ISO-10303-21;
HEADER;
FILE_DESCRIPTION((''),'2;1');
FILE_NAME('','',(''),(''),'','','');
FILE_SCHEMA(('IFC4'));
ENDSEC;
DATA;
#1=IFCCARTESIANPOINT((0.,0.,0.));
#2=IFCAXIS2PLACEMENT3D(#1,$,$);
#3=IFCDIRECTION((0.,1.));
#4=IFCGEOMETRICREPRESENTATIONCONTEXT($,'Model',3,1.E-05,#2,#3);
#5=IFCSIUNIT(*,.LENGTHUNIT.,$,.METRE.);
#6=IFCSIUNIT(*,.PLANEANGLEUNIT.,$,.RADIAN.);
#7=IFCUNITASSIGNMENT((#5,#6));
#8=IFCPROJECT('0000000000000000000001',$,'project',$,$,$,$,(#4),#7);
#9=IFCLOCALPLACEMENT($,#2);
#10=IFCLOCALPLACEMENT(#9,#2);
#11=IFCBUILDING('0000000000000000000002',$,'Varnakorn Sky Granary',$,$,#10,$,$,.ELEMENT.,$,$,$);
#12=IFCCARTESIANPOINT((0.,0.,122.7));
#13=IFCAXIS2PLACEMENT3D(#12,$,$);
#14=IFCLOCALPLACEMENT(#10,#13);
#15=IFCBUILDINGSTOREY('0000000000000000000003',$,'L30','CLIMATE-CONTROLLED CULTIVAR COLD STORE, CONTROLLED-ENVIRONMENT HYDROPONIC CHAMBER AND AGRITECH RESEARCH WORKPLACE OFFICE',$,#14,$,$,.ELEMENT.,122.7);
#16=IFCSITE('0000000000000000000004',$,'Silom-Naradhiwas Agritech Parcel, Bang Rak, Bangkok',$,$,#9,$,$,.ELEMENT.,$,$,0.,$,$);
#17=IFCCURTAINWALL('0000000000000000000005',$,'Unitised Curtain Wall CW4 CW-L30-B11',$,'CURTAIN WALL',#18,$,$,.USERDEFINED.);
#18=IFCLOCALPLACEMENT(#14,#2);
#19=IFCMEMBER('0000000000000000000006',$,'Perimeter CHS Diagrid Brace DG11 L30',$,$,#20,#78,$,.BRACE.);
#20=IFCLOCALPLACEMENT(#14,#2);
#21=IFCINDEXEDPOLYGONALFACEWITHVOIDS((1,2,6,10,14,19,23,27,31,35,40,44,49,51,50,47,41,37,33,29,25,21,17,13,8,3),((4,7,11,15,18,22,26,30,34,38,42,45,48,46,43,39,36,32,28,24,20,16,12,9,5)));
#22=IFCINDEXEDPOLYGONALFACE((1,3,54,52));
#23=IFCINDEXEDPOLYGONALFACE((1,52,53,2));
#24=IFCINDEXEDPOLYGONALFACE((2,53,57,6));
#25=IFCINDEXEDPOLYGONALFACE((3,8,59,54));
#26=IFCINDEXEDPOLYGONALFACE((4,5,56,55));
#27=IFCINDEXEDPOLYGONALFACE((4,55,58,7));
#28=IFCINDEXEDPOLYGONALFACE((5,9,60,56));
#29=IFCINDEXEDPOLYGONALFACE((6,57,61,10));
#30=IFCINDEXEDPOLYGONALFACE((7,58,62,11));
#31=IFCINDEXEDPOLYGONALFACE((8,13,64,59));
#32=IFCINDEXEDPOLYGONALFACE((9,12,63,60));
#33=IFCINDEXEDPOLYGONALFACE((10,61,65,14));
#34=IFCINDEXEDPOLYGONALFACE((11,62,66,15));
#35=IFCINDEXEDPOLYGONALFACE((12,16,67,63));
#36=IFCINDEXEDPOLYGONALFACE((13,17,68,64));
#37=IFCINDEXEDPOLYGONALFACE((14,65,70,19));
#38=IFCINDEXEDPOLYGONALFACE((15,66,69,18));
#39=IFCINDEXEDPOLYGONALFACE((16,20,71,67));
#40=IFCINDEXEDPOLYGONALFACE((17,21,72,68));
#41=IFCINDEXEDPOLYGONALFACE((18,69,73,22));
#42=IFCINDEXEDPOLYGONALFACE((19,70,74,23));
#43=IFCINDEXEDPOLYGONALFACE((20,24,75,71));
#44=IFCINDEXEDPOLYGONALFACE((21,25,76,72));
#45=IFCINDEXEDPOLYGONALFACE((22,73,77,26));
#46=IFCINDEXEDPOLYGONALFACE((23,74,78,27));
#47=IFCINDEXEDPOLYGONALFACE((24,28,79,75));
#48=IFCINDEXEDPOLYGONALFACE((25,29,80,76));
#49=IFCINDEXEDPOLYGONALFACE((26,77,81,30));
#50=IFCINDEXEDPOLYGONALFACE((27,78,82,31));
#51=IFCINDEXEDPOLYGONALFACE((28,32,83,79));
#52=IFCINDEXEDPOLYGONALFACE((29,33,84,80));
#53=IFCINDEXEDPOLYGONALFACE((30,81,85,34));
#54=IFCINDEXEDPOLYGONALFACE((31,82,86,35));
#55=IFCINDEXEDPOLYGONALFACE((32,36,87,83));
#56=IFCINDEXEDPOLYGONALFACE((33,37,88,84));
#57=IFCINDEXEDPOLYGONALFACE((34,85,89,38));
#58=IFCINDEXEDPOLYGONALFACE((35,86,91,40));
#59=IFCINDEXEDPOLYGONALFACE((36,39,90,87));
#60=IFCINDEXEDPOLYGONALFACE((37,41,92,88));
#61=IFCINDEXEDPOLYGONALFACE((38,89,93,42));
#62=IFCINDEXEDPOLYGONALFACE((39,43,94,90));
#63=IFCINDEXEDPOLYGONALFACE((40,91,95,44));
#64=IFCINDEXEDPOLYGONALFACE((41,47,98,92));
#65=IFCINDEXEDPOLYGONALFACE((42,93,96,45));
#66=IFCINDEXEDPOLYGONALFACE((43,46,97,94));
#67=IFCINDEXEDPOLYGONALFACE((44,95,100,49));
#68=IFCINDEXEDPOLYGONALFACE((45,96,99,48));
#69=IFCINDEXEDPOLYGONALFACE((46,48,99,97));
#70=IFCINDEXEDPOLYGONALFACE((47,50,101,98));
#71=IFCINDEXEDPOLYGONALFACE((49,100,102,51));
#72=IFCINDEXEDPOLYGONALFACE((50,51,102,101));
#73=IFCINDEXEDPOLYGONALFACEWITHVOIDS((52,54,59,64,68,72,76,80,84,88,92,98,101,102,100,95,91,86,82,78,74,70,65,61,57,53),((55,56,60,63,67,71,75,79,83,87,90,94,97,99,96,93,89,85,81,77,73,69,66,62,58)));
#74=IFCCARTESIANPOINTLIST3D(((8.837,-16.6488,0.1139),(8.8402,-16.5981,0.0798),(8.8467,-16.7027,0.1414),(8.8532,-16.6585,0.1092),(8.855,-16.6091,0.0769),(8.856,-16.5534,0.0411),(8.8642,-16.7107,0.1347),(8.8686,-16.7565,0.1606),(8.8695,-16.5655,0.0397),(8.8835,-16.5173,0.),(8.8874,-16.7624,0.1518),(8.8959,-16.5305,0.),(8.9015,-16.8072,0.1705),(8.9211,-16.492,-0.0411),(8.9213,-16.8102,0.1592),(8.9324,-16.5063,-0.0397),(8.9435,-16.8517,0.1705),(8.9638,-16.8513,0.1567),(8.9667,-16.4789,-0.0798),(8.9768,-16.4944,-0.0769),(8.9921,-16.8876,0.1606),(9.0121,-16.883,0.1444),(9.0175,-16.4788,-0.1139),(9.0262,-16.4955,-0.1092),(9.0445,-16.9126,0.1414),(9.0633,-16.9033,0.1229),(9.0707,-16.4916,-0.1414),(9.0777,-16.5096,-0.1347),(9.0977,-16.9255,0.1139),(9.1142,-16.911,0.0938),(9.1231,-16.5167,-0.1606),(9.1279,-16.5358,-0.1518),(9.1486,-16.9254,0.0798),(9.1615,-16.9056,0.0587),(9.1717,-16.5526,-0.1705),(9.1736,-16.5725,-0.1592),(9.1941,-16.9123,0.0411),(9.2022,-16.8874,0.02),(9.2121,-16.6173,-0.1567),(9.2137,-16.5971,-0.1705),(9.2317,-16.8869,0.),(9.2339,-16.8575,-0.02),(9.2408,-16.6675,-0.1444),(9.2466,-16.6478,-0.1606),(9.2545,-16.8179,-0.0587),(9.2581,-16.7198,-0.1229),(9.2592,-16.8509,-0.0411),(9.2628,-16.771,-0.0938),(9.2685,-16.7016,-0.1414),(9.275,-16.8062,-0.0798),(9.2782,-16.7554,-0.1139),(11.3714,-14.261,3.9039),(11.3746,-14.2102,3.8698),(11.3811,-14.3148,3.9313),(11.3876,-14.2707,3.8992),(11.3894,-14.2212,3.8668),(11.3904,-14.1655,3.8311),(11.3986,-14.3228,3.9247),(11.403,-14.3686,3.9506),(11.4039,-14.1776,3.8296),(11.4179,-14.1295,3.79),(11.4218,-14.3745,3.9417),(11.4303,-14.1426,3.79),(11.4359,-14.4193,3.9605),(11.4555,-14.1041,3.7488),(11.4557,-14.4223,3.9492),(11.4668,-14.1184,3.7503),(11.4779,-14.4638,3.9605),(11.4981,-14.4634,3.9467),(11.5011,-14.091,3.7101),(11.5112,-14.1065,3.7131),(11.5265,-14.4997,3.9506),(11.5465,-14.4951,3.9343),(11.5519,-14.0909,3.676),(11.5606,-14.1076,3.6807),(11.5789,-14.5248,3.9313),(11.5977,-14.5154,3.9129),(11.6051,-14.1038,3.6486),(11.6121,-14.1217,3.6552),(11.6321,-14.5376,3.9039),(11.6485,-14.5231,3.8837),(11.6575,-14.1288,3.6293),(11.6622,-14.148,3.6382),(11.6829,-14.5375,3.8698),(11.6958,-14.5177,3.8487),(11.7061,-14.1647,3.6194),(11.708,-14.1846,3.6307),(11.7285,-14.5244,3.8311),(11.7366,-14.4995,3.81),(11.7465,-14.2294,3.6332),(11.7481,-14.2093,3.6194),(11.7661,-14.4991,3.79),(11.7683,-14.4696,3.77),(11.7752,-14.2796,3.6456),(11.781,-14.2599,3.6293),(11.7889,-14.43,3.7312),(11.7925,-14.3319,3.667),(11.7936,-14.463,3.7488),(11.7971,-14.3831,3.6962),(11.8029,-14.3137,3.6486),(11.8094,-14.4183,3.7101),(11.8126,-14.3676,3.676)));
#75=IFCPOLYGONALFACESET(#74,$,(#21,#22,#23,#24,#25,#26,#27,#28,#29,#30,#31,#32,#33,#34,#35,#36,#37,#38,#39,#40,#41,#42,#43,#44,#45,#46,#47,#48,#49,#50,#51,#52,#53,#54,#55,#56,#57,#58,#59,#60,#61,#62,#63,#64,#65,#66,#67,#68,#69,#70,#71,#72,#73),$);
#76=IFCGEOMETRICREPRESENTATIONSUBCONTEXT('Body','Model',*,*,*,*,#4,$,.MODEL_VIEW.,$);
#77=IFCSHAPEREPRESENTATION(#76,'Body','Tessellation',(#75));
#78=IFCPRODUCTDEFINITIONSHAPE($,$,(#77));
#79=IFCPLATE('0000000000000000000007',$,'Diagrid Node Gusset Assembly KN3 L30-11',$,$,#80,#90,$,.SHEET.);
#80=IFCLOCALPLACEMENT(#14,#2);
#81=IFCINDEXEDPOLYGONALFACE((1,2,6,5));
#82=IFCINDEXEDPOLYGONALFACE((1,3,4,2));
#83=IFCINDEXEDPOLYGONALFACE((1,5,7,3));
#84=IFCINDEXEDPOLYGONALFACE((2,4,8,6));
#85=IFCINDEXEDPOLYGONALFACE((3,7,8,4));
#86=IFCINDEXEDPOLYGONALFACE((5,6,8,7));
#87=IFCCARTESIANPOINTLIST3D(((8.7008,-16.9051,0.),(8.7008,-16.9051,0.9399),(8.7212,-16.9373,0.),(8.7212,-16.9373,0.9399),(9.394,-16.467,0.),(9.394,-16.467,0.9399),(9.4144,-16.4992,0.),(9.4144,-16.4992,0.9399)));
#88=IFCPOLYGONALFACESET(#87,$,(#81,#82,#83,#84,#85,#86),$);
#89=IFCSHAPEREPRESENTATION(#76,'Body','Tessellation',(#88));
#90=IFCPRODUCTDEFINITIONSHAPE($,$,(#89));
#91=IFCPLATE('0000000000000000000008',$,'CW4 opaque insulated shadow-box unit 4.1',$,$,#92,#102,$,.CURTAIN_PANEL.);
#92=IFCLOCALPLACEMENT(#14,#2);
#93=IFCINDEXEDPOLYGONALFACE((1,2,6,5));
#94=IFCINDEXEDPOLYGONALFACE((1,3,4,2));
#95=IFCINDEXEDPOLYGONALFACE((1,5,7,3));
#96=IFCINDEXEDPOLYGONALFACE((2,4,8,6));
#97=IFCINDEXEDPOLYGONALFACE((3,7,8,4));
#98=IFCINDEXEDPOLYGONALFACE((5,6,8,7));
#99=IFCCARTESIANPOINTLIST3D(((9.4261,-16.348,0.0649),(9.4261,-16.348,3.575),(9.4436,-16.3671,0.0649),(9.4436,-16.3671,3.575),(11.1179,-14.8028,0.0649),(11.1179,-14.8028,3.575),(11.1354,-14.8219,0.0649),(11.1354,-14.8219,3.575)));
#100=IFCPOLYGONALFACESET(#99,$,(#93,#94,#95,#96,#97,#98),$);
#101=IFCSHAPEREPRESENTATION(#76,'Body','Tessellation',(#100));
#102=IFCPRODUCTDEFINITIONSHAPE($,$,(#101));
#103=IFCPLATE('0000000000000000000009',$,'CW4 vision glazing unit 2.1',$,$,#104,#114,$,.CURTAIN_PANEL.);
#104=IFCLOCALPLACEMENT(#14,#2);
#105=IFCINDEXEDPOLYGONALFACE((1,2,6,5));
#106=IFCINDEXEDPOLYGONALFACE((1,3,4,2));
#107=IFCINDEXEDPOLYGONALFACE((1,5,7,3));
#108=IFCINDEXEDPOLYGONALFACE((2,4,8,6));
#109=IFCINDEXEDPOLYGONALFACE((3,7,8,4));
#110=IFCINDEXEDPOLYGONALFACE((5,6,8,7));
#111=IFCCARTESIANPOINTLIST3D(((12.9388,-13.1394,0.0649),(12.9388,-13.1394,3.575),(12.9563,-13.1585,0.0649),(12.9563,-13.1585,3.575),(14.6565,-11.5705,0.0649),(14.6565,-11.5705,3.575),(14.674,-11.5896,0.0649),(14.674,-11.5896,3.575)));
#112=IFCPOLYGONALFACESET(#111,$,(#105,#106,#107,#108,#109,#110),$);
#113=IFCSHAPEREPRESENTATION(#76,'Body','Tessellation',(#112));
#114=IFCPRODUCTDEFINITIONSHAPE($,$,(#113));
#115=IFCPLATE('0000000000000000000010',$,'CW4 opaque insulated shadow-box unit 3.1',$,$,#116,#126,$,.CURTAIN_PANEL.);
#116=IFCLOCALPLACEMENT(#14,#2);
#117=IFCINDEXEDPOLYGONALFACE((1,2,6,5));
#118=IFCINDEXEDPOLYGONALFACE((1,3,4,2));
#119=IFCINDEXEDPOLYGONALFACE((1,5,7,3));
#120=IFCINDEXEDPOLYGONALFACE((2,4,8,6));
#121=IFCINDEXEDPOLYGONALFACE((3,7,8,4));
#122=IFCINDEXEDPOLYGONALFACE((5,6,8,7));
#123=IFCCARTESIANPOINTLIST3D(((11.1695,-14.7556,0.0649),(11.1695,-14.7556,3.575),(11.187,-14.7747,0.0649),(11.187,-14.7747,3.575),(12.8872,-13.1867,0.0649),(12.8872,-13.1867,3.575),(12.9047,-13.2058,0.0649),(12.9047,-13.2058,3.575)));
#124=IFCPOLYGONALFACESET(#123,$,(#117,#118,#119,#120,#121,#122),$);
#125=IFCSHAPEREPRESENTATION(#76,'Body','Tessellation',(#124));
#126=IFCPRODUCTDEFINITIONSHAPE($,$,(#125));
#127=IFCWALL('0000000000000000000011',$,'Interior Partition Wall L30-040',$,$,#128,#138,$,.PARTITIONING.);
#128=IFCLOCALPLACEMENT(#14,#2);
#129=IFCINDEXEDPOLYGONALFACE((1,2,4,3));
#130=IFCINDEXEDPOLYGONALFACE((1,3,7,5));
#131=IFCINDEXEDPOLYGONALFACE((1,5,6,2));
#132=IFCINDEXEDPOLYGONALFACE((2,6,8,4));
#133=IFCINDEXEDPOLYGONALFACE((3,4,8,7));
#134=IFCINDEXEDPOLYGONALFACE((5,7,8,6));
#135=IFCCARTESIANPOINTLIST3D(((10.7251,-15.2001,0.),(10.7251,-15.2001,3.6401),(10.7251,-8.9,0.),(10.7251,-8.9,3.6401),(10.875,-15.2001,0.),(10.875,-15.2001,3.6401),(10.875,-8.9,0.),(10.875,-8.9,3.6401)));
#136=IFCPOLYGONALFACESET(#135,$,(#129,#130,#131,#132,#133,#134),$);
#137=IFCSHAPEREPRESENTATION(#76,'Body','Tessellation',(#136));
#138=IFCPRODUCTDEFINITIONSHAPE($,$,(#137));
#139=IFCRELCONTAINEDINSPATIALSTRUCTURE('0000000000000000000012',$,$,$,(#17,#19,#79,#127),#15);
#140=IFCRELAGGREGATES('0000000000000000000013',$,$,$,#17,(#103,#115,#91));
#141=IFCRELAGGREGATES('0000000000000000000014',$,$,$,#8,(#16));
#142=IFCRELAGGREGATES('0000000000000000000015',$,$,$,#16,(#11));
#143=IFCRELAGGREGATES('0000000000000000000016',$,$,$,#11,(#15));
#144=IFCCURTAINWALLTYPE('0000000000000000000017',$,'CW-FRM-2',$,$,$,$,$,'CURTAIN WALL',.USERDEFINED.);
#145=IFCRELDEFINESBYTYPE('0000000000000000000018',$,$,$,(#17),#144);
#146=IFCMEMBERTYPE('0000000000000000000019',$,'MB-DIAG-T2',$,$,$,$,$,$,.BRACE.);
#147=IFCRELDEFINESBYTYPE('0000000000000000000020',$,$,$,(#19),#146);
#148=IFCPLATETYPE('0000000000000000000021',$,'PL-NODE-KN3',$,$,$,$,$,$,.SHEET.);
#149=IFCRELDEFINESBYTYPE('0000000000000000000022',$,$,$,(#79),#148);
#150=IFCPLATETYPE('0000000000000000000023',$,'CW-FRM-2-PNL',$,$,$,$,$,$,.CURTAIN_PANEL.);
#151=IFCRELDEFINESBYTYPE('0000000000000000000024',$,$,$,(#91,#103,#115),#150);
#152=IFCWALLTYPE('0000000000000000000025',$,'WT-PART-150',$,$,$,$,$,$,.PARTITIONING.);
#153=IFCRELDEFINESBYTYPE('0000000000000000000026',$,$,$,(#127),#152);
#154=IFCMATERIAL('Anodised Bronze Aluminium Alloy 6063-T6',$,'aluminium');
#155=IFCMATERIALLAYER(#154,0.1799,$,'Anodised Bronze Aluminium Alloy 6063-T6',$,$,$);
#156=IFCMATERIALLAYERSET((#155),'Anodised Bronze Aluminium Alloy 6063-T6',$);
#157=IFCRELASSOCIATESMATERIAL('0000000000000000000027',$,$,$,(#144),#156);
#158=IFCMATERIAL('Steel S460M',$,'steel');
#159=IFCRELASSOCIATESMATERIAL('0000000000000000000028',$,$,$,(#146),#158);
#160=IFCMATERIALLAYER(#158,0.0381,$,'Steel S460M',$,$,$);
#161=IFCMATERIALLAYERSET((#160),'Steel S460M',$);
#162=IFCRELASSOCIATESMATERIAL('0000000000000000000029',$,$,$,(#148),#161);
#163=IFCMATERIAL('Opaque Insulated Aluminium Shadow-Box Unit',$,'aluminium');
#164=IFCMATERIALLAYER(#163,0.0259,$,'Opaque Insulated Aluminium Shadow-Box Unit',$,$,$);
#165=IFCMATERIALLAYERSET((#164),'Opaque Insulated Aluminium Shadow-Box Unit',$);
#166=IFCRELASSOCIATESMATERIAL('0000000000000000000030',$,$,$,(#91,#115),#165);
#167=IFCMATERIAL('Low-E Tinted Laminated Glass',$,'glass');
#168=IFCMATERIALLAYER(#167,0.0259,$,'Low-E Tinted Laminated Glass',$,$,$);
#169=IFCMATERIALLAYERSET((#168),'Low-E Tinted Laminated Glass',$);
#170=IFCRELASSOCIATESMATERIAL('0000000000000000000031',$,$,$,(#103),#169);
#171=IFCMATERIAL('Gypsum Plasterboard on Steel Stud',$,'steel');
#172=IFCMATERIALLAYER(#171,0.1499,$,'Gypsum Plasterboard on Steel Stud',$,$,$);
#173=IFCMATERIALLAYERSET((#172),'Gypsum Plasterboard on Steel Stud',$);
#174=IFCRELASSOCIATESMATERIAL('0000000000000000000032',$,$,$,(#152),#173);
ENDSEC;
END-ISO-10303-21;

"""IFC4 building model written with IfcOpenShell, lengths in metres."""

from ifc_helpers import new_model, si_unit, direction, frame, frame_2d, origin, origin_2d, place, context, subcontext, project, spatial, rectangle, hollow_circle, extrude, source, transform, mapped, material, layer, layer_set, material_profile, profile_set, type_object, type_shapes, element, aggregate, save


model = new_model("IFC4")

# Units and contexts
model_context = context("Model", 3, precision=1e-05, world=origin(), true_north=direction((0.0, 1.0)))
body_context = subcontext(model_context, "Body", "Model", "MODEL_VIEW")
ifc_project = project(units=[si_unit("LENGTHUNIT", "METRE"), si_unit("PLANEANGLEUNIT", "RADIAN")], contexts=[model_context])

# Site, building, storey
site_placement = place(None, origin())
site = spatial("IfcSite", under=ifc_project, at=site_placement, Name="Silom-Naradhiwas Agritech Parcel, Bang Rak, Bangkok", CompositionType="ELEMENT", RefElevation=0.0)
building_placement = place(site_placement, origin())
building = spatial("IfcBuilding", under=site, at=building_placement, Name="Varnakorn Sky Granary", CompositionType="ELEMENT")
storey_placement = place(building_placement, frame((0.0, 0.0, 122.7)))
storey = spatial("IfcBuildingStorey", under=building, at=storey_placement, Name="L30", Description="CLIMATE-CONTROLLED CULTIVAR COLD STORE, CONTROLLED-ENVIRONMENT HYDROPONIC CHAMBER AND AGRITECH RESEARCH WORKPLACE OFFICE", CompositionType="ELEMENT", Elevation=122.7)

# Shared definitions
ifc_material_1 = material(Name="Steel S460M", Category="steel")

# Shared definitions
ifc_material_2 = material(Name="Anodised Bronze Aluminium Alloy 6063-T6", Category="aluminium")
ifc_layer_1 = layer(ifc_material_2, 0.1799, Name="Anodised Bronze Aluminium Alloy 6063-T6")
ifc_layer_set_1 = layer_set([ifc_layer_1], Name="Anodised Bronze Aluminium Alloy 6063-T6")
curtain_wall_type = type_object("IfcCurtainWallType", Name="CW-FRM-2", ElementType="CURTAIN WALL", PredefinedType="USERDEFINED", material=ifc_layer_set_1)

# Curtain wall
curtain_wall_1_placement = place(storey_placement, origin())
curtain_wall_1 = element("IfcCurtainWall", 1, at=curtain_wall_1_placement, inside=storey, type_object=curtain_wall_type, Name="Unitised Curtain Wall CW4 CW-L30-B11", ObjectType="CURTAIN WALL", PredefinedType="USERDEFINED")

# Member
ifc_material_profile_1 = material_profile(ifc_material_1, hollow_circle(Radius=0.2539, WallThickness=0.0181, at=origin_2d()), Name="CHS 508x18")
ifc_profile_set_1 = profile_set([ifc_material_profile_1], Name="Steel S460M")
member_type_1 = type_object("IfcMemberType", Name="MB-DIAG-T2", PredefinedType="BRACE", material=ifc_profile_set_1)
member_1_placement = place(storey_placement, frame((9.0576, -16.7021, 0.0), z_axis=(0.492423, 0.463962, 0.736382), x_axis=(-0.68576, 0.727827, 0.0)))
element("IfcMember", 2, at=member_1_placement, inside=storey, type_object=member_type_1, Name="Perimeter CHS Diagrid Brace DG11 L30", PredefinedType="BRACE", context=body_context, shape_type="SweptSolid", body=[
    extrude(hollow_circle(Radius=0.2539, WallThickness=0.0181, at=origin_2d()), origin(), (0.0, 0.0, 1.0), 5.1467),
])

# Plates
ifc_layer_2 = layer(ifc_material_1, 0.0381, Name="Steel S460M")
ifc_layer_set_2 = layer_set([ifc_layer_2], Name="Steel S460M")
plate_type_1 = type_object("IfcPlateType", Name="PL-NODE-KN3", PredefinedType="SHEET", material=ifc_layer_set_2)
plate_1_placement = place(storey_placement, frame((9.0576, -16.7021, 0.0), z_axis=(0.0, 0.0, 1.0), x_axis=(0.845289, 0.534309, 0.0)))
element("IfcPlate", 3, at=plate_1_placement, inside=storey, type_object=plate_type_1, Name="Diagrid Node Gusset Assembly KN3 L30-11", PredefinedType="SHEET", context=body_context, shape_type="SweptSolid", body=[
    extrude(rectangle(XDim=0.8201, YDim=0.0381, at=origin_2d()), origin(), (0.0, 0.0, 1.0), 0.9399),
])
ifc_material_3 = material(Name="Opaque Insulated Aluminium Shadow-Box Unit", Category="aluminium")
ifc_layer_3 = layer(ifc_material_3, 0.0259, Name="Opaque Insulated Aluminium Shadow-Box Unit")
ifc_layer_set_3 = layer_set([ifc_layer_3], Name="Opaque Insulated Aluminium Shadow-Box Unit")
plate_type_2 = type_object("IfcPlateType", Name="CW-FRM-2-PNL", PredefinedType="CURTAIN_PANEL")
shared_shape_1 = source(origin(), body_context, "Body", "SweptSolid", [
    extrude(rectangle(XDim=2.2913, YDim=0.0259, at=origin_2d()), origin(), (0.0, 0.0, 1.0), 3.51),
])
plate_2_placement = place(storey_placement, frame((10.2808, -15.585, 0.0649), z_axis=(0.0, 0.0, 1.0), x_axis=(-0.738359, -0.674407, 0.0)))
plate_2 = element("IfcPlate", 4, at=plate_2_placement, type_object=plate_type_2, material=ifc_layer_set_3, Name="CW4 opaque insulated shadow-box unit 4.1", PredefinedType="CURTAIN_PANEL", context=body_context, shape_type="MappedRepresentation", body=[
    mapped(shared_shape_1, transform((0.0, 0.0, 0.0), x_axis=(1.0, 0.0, 0.0), y_axis=(0.0, 1.0, 0.0), z_axis=(0.0, 0.0, 1.0), scale=1.0)),
])
ifc_material_4 = material(Name="Low-E Tinted Laminated Glass", Category="glass")
ifc_layer_4 = layer(ifc_material_4, 0.0259, Name="Low-E Tinted Laminated Glass")
ifc_layer_set_4 = layer_set([ifc_layer_4], Name="Low-E Tinted Laminated Glass")
shared_shape_2 = source(origin(), body_context, "Body", "SweptSolid", [
    extrude(rectangle(XDim=2.3264, YDim=0.0259, at=origin_2d()), origin(), (0.0, 0.0, 1.0), 3.51),
])
type_shapes(plate_type_2, [shared_shape_1, shared_shape_2])
plate_3_placement = place(storey_placement, frame((13.8064, -12.3645, 0.0649), z_axis=(0.0, 0.0, 1.0), x_axis=(-0.738359, -0.674407, 0.0)))
plate_3 = element("IfcPlate", 5, at=plate_3_placement, type_object=plate_type_2, material=ifc_layer_set_4, Name="CW4 vision glazing unit 2.1", PredefinedType="CURTAIN_PANEL", context=body_context, shape_type="MappedRepresentation", body=[
    mapped(shared_shape_2, transform((0.0, 0.0, 0.0), x_axis=(1.0, 0.0, 0.0), y_axis=(0.0, 1.0, 0.0), z_axis=(0.0, 0.0, 1.0), scale=1.0)),
])
plate_4_placement = place(storey_placement, frame((12.0371, -13.9807, 0.0649), z_axis=(0.0, 0.0, 1.0), x_axis=(-0.738359, -0.674407, 0.0)))
plate_4 = element("IfcPlate", 6, at=plate_4_placement, type_object=plate_type_2, material=ifc_layer_set_3, Name="CW4 opaque insulated shadow-box unit 3.1", PredefinedType="CURTAIN_PANEL", context=body_context, shape_type="MappedRepresentation", body=[
    mapped(shared_shape_2, transform((0.0, 0.0, 0.0), x_axis=(1.0, 0.0, 0.0), y_axis=(0.0, 1.0, 0.0), z_axis=(0.0, 0.0, 1.0), scale=1.0)),
])
aggregate(curtain_wall_1, [plate_3, plate_4, plate_2])

# Wall
ifc_material_5 = material(Name="Gypsum Plasterboard on Steel Stud", Category="steel")
ifc_layer_5 = layer(ifc_material_5, 0.1499, Name="Gypsum Plasterboard on Steel Stud")
ifc_layer_set_5 = layer_set([ifc_layer_5], Name="Gypsum Plasterboard on Steel Stud")
wall_type = type_object("IfcWallType", Name="WT-PART-150", PredefinedType="PARTITIONING", material=ifc_layer_set_5)
wall_placement = place(storey_placement, frame((10.8, -15.2, 0.0), z_axis=(0.0, 0.0, 1.0), x_axis=(0.0, 1.0, 0.0)))
element("IfcWall", 7, at=wall_placement, inside=storey, type_object=wall_type, Name="Interior Partition Wall L30-040", PredefinedType="PARTITIONING", context=body_context, shape_type="SweptSolid", body=[
    extrude(rectangle(XDim=6.3, YDim=0.1499, at=frame_2d((3.1499, 0.0))), origin(), (0.0, 0.0, 1.0), 3.6401),
])

save(model, "model.ifc")
